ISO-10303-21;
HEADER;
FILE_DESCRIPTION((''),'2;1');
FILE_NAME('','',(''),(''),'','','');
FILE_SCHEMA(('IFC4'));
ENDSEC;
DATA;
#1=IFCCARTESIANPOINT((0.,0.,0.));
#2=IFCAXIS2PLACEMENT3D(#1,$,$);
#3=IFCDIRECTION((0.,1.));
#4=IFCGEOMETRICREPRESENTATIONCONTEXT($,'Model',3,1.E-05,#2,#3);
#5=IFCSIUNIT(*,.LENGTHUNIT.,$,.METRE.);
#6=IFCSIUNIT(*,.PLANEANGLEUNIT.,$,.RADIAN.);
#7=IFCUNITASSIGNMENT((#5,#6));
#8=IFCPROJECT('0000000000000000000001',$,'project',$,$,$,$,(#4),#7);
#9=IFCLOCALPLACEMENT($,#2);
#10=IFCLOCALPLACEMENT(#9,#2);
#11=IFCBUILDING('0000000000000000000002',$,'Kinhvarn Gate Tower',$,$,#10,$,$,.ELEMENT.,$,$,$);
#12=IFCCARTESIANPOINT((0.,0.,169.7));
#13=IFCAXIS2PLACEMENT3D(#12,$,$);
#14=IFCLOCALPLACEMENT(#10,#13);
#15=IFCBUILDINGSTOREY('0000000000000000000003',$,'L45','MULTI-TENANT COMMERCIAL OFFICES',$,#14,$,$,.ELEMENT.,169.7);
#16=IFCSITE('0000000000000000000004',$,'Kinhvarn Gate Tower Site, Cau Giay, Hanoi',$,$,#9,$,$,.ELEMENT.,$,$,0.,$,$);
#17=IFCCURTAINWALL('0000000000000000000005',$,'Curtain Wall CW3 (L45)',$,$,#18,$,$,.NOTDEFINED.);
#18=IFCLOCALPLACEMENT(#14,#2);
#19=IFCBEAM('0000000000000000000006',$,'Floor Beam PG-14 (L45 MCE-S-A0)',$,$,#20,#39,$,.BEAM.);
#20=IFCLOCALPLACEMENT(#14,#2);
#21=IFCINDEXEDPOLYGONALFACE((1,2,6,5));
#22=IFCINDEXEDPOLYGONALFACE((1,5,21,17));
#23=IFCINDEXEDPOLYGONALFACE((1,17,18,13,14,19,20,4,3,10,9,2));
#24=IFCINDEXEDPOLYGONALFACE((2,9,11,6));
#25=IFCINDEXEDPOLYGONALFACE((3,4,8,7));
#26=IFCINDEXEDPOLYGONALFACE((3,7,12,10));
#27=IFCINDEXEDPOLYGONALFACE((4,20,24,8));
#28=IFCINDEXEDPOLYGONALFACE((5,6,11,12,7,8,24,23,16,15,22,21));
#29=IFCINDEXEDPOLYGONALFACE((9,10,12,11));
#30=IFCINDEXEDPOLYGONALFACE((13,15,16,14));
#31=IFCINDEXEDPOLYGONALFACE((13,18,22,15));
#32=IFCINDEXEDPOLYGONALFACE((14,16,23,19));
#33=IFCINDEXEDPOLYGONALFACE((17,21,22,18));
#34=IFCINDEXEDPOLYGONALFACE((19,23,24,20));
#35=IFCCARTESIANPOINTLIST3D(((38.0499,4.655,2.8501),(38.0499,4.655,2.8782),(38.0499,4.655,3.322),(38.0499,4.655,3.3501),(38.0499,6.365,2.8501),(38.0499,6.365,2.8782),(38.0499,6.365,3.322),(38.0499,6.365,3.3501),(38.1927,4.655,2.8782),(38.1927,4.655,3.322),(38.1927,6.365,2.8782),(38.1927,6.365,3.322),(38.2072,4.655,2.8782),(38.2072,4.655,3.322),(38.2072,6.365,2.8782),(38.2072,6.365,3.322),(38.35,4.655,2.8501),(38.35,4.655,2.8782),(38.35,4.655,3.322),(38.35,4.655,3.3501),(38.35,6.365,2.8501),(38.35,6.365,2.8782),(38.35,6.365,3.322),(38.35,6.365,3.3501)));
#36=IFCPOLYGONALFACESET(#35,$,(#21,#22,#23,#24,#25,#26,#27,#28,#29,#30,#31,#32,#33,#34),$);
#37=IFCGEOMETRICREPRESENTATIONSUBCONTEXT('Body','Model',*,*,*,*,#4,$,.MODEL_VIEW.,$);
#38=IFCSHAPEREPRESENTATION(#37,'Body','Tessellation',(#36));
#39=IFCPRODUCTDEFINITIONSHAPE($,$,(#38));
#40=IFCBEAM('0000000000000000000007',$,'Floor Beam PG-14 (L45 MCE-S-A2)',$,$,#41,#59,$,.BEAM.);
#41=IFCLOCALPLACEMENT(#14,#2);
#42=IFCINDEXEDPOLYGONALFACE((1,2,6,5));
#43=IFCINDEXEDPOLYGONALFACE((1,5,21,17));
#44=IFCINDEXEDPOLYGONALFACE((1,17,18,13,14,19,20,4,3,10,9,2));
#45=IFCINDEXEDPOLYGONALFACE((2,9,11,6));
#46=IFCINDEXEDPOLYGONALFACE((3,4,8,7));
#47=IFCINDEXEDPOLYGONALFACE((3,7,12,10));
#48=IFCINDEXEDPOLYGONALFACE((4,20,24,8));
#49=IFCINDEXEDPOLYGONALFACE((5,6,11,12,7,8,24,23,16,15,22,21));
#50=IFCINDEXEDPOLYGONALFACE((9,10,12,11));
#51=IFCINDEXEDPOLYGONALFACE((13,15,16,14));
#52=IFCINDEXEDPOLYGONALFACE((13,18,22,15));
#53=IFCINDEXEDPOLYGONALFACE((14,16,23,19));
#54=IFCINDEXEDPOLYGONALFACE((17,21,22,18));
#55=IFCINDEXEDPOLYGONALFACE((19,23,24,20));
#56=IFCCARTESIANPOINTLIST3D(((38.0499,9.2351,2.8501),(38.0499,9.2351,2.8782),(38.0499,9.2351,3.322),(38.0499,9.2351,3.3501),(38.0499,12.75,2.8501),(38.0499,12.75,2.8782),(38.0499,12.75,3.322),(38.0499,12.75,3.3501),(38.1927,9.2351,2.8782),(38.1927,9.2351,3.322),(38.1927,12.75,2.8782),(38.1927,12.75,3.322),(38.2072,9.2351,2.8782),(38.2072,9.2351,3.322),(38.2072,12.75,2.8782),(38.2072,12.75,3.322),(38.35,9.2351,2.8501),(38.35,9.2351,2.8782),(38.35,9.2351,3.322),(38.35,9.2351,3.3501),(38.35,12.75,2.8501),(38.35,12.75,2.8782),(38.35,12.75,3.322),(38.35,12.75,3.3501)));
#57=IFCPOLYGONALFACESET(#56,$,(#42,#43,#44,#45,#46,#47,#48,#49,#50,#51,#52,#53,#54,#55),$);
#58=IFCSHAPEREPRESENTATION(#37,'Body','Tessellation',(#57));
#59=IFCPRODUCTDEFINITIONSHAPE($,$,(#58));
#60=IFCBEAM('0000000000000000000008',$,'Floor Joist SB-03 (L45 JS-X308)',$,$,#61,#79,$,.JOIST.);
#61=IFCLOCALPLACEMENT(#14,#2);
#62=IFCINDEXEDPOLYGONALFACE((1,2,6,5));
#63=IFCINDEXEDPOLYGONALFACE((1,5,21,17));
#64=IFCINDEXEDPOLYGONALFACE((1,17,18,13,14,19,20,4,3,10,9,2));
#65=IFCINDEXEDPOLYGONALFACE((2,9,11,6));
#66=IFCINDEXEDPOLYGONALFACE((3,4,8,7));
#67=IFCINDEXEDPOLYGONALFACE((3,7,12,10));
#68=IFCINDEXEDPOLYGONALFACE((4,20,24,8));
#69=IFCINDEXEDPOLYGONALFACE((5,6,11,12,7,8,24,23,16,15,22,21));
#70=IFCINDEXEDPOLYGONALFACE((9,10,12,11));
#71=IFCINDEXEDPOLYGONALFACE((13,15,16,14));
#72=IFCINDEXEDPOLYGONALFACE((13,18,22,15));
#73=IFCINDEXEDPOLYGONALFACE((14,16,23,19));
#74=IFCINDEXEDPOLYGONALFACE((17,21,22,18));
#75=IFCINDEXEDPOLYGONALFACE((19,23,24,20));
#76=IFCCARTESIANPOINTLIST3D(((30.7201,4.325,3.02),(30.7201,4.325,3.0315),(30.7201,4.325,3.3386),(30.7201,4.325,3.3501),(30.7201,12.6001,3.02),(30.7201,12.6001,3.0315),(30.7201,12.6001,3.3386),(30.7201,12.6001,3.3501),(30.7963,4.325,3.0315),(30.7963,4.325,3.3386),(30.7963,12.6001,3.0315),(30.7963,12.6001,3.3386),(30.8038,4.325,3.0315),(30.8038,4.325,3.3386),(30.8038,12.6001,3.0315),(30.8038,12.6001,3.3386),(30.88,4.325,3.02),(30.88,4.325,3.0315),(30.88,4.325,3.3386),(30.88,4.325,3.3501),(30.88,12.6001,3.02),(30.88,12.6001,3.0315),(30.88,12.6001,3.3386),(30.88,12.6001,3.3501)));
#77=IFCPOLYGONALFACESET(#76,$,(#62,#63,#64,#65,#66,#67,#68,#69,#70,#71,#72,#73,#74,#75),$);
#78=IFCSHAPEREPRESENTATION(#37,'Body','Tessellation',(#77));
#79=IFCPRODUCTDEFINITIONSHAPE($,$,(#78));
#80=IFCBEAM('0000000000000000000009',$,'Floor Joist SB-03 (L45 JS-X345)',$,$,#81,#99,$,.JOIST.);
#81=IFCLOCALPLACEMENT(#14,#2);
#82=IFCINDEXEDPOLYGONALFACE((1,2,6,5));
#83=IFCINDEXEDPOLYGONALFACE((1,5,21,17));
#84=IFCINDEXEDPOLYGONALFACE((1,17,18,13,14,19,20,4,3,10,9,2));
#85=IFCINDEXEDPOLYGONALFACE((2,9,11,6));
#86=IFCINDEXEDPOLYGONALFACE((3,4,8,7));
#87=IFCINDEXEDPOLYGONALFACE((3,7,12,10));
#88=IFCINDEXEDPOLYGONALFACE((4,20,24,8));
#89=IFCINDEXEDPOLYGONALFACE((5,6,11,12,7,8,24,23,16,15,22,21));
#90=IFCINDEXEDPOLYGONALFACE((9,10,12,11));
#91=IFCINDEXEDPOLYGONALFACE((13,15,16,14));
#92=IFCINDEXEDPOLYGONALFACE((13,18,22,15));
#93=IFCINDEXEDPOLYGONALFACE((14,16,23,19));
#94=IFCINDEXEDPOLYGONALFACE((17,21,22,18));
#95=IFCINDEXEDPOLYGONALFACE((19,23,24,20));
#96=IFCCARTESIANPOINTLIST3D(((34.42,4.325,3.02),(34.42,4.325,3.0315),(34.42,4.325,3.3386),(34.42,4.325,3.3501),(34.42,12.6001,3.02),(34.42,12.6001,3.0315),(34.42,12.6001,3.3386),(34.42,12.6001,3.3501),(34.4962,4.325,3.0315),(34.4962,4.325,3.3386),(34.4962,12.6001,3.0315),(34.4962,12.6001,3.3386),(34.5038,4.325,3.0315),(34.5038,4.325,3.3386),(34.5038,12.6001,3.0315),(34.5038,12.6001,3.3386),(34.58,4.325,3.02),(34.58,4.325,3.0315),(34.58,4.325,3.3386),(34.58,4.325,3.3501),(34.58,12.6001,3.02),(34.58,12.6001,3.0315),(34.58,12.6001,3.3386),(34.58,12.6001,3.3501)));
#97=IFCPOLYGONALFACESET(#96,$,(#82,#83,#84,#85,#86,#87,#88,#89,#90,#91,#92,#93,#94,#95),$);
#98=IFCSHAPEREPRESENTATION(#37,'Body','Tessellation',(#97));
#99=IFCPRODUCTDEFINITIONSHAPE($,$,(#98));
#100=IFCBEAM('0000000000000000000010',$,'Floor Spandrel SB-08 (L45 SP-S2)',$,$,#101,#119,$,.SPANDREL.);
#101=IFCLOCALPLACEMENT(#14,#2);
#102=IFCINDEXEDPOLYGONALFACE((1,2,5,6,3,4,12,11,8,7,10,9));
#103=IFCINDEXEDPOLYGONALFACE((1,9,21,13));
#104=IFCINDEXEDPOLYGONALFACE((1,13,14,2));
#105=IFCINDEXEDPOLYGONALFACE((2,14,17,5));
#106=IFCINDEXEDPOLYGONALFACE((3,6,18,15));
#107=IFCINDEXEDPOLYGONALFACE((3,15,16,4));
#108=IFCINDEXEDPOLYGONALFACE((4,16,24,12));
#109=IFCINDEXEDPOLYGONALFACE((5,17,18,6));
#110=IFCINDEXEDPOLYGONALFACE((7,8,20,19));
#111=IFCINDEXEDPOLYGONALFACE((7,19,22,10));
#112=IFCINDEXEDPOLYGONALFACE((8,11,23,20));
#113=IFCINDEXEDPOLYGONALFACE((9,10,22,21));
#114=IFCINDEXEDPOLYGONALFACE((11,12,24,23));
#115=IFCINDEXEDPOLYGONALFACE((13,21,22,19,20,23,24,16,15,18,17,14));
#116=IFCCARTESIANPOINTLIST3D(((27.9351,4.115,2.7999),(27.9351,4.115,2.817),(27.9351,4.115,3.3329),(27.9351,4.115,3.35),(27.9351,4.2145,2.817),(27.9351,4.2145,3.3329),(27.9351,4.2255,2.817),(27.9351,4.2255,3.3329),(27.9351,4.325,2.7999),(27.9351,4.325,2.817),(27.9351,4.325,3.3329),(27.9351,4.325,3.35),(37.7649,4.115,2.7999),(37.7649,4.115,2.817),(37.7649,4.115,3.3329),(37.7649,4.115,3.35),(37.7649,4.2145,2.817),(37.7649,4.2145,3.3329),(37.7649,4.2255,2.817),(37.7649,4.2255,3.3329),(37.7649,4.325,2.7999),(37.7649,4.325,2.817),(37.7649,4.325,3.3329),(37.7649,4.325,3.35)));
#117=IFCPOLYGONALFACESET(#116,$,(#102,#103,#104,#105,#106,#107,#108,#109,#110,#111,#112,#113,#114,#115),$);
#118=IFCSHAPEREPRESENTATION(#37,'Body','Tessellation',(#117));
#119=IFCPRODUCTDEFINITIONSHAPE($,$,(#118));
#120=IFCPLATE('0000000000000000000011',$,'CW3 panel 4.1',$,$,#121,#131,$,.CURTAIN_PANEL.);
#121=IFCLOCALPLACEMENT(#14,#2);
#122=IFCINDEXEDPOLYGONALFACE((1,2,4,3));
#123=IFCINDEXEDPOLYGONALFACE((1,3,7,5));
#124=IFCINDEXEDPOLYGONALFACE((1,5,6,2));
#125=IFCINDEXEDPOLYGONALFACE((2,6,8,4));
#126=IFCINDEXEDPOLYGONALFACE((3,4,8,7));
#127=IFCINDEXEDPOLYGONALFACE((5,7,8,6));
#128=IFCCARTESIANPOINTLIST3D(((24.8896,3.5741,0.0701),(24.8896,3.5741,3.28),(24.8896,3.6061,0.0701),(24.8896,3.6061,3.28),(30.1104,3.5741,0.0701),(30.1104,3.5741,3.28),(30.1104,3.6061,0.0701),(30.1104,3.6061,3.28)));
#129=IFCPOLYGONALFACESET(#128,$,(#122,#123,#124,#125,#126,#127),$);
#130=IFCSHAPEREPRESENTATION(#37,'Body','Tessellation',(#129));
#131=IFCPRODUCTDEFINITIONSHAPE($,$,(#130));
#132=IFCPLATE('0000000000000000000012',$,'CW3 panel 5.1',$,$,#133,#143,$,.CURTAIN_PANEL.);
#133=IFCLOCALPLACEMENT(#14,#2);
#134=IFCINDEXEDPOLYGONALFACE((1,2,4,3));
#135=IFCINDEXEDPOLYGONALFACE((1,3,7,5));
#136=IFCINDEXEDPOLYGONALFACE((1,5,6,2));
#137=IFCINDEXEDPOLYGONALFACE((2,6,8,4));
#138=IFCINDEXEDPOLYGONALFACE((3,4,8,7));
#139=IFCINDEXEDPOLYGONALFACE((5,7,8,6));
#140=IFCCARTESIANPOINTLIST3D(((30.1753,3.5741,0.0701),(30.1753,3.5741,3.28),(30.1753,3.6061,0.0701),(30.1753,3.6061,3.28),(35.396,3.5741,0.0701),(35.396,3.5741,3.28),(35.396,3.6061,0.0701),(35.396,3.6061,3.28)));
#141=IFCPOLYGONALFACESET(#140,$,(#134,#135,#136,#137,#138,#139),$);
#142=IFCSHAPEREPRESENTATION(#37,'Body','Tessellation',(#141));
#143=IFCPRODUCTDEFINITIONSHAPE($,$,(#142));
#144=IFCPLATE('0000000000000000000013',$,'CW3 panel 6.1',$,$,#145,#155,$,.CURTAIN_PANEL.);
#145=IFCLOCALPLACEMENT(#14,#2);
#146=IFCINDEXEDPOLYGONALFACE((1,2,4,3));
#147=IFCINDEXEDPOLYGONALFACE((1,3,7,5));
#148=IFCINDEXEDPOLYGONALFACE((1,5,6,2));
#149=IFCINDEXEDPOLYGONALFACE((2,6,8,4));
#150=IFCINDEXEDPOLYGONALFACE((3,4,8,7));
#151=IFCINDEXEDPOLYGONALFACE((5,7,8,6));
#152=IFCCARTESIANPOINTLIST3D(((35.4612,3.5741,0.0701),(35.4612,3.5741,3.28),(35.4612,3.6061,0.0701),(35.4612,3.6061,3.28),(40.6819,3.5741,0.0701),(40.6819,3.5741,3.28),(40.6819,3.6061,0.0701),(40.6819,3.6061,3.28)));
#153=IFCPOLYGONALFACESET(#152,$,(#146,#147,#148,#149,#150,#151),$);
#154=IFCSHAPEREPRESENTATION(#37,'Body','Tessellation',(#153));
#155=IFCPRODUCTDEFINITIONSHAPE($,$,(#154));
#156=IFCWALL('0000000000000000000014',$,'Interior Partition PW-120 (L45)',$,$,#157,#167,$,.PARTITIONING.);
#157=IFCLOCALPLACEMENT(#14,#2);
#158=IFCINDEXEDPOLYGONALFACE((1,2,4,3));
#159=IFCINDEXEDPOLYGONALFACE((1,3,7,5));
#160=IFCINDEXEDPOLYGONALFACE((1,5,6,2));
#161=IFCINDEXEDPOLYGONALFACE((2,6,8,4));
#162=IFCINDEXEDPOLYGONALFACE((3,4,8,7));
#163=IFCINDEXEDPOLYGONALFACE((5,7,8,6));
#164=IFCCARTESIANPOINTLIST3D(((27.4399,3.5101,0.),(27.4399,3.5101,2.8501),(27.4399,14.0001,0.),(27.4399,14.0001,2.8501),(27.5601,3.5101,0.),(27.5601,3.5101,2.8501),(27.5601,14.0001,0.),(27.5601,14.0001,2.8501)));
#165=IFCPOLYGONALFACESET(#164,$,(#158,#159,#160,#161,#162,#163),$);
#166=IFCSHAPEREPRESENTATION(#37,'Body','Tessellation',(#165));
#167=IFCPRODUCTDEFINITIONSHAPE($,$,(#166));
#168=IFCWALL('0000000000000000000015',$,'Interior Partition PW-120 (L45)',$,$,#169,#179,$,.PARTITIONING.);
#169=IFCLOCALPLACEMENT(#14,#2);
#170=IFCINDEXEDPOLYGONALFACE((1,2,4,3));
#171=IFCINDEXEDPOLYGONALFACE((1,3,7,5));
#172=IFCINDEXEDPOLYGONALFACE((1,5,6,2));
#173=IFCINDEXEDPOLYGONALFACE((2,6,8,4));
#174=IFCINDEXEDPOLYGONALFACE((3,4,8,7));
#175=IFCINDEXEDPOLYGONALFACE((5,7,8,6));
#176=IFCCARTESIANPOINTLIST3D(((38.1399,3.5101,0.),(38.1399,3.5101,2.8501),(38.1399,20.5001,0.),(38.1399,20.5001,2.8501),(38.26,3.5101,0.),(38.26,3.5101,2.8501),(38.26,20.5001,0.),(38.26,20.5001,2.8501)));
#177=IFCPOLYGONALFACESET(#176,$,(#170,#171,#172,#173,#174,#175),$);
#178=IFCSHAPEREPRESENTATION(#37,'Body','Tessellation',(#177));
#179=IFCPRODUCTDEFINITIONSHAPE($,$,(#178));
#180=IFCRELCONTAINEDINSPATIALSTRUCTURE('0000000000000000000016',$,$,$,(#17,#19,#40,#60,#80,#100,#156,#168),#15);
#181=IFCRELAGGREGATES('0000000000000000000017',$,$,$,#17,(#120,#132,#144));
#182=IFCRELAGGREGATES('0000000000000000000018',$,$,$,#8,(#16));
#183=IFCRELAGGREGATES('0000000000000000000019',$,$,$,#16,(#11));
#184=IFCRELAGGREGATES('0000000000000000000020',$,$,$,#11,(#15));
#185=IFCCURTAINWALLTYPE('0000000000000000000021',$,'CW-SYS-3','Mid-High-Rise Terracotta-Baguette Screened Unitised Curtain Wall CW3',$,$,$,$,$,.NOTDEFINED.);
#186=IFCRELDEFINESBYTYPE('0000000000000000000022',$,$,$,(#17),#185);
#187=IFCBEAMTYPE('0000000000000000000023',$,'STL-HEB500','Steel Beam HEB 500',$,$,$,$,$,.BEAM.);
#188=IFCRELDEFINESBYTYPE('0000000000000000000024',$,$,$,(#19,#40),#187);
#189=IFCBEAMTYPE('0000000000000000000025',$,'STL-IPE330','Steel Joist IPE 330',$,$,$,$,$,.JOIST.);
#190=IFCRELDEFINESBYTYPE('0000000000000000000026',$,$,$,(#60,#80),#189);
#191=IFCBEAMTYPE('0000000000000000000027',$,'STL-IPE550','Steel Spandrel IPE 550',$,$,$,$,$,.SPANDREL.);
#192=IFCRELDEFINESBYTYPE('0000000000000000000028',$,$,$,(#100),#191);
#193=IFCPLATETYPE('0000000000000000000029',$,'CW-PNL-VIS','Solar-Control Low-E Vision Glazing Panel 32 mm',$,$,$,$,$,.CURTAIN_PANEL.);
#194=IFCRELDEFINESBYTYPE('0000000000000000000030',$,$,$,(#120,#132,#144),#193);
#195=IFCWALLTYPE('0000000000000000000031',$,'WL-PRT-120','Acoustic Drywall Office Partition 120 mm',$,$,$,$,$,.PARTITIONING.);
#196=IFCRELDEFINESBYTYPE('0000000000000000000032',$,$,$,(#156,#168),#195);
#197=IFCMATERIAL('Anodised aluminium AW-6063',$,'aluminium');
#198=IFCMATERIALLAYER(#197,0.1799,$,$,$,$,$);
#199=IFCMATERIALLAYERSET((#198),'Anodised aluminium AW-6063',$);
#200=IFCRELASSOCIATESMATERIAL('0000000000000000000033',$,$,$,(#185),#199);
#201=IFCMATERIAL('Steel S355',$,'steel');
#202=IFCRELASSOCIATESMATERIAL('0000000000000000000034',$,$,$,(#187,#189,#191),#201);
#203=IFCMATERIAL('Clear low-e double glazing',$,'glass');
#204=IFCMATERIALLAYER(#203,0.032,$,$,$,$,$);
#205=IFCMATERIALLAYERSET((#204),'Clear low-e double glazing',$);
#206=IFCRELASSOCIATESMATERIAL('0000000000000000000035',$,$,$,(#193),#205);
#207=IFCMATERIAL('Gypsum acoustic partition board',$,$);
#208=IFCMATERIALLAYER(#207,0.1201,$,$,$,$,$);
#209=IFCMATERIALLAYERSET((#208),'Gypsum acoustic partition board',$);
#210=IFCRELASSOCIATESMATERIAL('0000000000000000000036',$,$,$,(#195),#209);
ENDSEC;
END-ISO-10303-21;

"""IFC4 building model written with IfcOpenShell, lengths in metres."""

from ifc_helpers import new_model, si_unit, direction, frame, frame_2d, origin, origin_2d, place, context, subcontext, project, spatial, rectangle, i_section, extrude, material, layer, layer_set, material_profile, profile_set, type_object, element, aggregate, save


model = new_model("IFC4")

# Units and contexts
model_context = context("Model", 3, precision=1e-05, world=origin(), true_north=direction((0.0, 1.0)))
body_context = subcontext(model_context, "Body", "Model", "MODEL_VIEW")
ifc_project = project(units=[si_unit("LENGTHUNIT", "METRE"), si_unit("PLANEANGLEUNIT", "RADIAN")], contexts=[model_context])

# Site, building, storey
site_placement = place(None, origin())
site = spatial("IfcSite", under=ifc_project, at=site_placement, Name="Kinhvarn Gate Tower Site, Cau Giay, Hanoi", CompositionType="ELEMENT", RefElevation=0.0)
building_placement = place(site_placement, origin())
building = spatial("IfcBuilding", under=site, at=building_placement, Name="Kinhvarn Gate Tower", CompositionType="ELEMENT")
storey_placement = place(building_placement, frame((0.0, 0.0, 169.7)))
storey = spatial("IfcBuildingStorey", under=building, at=storey_placement, Name="L45", Description="MULTI-TENANT COMMERCIAL OFFICES", CompositionType="ELEMENT", Elevation=169.7)

# Curtain wall
ifc_material_1 = material(Name="Anodised aluminium AW-6063", Category="aluminium")
ifc_layer_1 = layer(ifc_material_1, 0.1799)
ifc_layer_set_1 = layer_set([ifc_layer_1], Name="Anodised aluminium AW-6063")
curtain_wall_type = type_object("IfcCurtainWallType", Name="CW-SYS-3", Description="Mid-High-Rise Terracotta-Baguette Screened Unitised Curtain Wall CW3", PredefinedType="NOTDEFINED", material=ifc_layer_set_1)
curtain_wall_placement = place(storey_placement, origin())
curtain_wall = element("IfcCurtainWall", 1, at=curtain_wall_placement, inside=storey, type_object=curtain_wall_type, Name="Curtain Wall CW3 (L45)", PredefinedType="NOTDEFINED")

# Beams
ifc_material_2 = material(Name="Steel S355", Category="steel")
ifc_material_profile_1 = material_profile(ifc_material_2, i_section(OverallWidth=0.3, OverallDepth=0.5, WebThickness=0.0144, FlangeThickness=0.0281, at=origin_2d()), Name="HEB 500")
ifc_profile_set_1 = profile_set([ifc_material_profile_1], Name="Steel S355")
beam_type_1 = type_object("IfcBeamType", Name="STL-HEB500", Description="Steel Beam HEB 500", PredefinedType="BEAM", material=ifc_profile_set_1)
beam_1_placement = place(storey_placement, frame((38.2, 4.655, 3.1001), z_axis=(0.0, 1.0, 0.0), x_axis=(-1.0, 0.0, 0.0)))
element("IfcBeam", 2, at=beam_1_placement, inside=storey, type_object=beam_type_1, Name="Floor Beam PG-14 (L45 MCE-S-A0)", PredefinedType="BEAM", context=body_context, shape_type="SweptSolid", body=[
    extrude(i_section(OverallWidth=0.3, OverallDepth=0.5, WebThickness=0.0144, FlangeThickness=0.0281, at=origin_2d()), origin(), (0.0, 0.0, 1.0), 1.71),
])
beam_2_placement = place(storey_placement, frame((38.2, 9.2351, 3.1001), z_axis=(0.0, 1.0, 0.0), x_axis=(-1.0, 0.0, 0.0)))
element("IfcBeam", 3, at=beam_2_placement, inside=storey, type_object=beam_type_1, Name="Floor Beam PG-14 (L45 MCE-S-A2)", PredefinedType="BEAM", context=body_context, shape_type="SweptSolid", body=[
    extrude(i_section(OverallWidth=0.3, OverallDepth=0.5, WebThickness=0.0144, FlangeThickness=0.0281, at=origin_2d()), origin(), (0.0, 0.0, 1.0), 3.5149),
])
ifc_material_profile_2 = material_profile(ifc_material_2, i_section(OverallWidth=0.1599, OverallDepth=0.3301, WebThickness=0.0076, FlangeThickness=0.0115, at=origin_2d()), Name="IPE 330")
ifc_profile_set_2 = profile_set([ifc_material_profile_2], Name="Steel S355")
beam_type_2 = type_object("IfcBeamType", Name="STL-IPE330", Description="Steel Joist IPE 330", PredefinedType="JOIST", material=ifc_profile_set_2)
for number, where, z_axis, x_axis, name in (
    (4, (30.8, 4.325, 3.1851), (0.0, 1.0, 0.0), (-1.0, 0.0, 0.0), "Floor Joist SB-03 (L45 JS-X308)"),
    (5, (34.5, 4.325, 3.1851), (0.0, 1.0, 0.0), (-1.0, 0.0, 0.0), "Floor Joist SB-03 (L45 JS-X345)"),
):
    element("IfcBeam", number, at=place(storey_placement, frame(where, z_axis=z_axis, x_axis=x_axis)), inside=storey, type_object=beam_type_2, Name=name, PredefinedType="JOIST", context=body_context, shape_type="SweptSolid", body=[
        extrude(i_section(OverallWidth=0.1599, OverallDepth=0.3301, WebThickness=0.0076, FlangeThickness=0.0115, at=origin_2d()), origin(), (0.0, 0.0, 1.0), 8.2751),
    ])
ifc_material_profile_3 = material_profile(ifc_material_2, i_section(OverallWidth=0.21, OverallDepth=0.55, WebThickness=0.011, FlangeThickness=0.0171, at=origin_2d()), Name="IPE 550")
ifc_profile_set_3 = profile_set([ifc_material_profile_3], Name="Steel S355")
beam_type_3 = type_object("IfcBeamType", Name="STL-IPE550", Description="Steel Spandrel IPE 550", PredefinedType="SPANDREL", material=ifc_profile_set_3)
beam_3_placement = place(storey_placement, frame((27.9351, 4.22, 3.075), z_axis=(1.0, 0.0, 0.0), x_axis=(0.0, 1.0, 0.0)))
element("IfcBeam", 6, at=beam_3_placement, inside=storey, type_object=beam_type_3, Name="Floor Spandrel SB-08 (L45 SP-S2)", PredefinedType="SPANDREL", context=body_context, shape_type="SweptSolid", body=[
    extrude(i_section(OverallWidth=0.21, OverallDepth=0.55, WebThickness=0.011, FlangeThickness=0.0171, at=origin_2d()), origin(), (0.0, 0.0, 1.0), 9.8298),
])

# Plates
ifc_material_3 = material(Name="Clear low-e double glazing", Category="glass")
ifc_layer_2 = layer(ifc_material_3, 0.032)
ifc_layer_set_2 = layer_set([ifc_layer_2], Name="Clear low-e double glazing")
plate_type = type_object("IfcPlateType", Name="CW-PNL-VIS", Description="Solar-Control Low-E Vision Glazing Panel 32 mm", PredefinedType="CURTAIN_PANEL", material=ifc_layer_set_2)
plate_1_placement = place(storey_placement, frame((27.5, 3.5901, 0.0701), z_axis=(0.0, 0.0, 1.0), x_axis=(1.0, 0.0, 0.0)))
plate_1 = element("IfcPlate", 7, at=plate_1_placement, type_object=plate_type, Name="CW3 panel 4.1", PredefinedType="CURTAIN_PANEL", context=body_context, shape_type="SweptSolid", body=[
    extrude(rectangle(XDim=5.2207, YDim=0.032, at=origin_2d()), origin(), (0.0, 0.0, 1.0), 3.21),
])
plate_2_placement = place(storey_placement, frame((32.7856, 3.5901, 0.0701), z_axis=(0.0, 0.0, 1.0), x_axis=(1.0, 0.0, 0.0)))
plate_2 = element("IfcPlate", 8, at=plate_2_placement, type_object=plate_type, Name="CW3 panel 5.1", PredefinedType="CURTAIN_PANEL", context=body_context, shape_type="SweptSolid", body=[
    extrude(rectangle(XDim=5.2207, YDim=0.032, at=origin_2d()), origin(), (0.0, 0.0, 1.0), 3.21),
])
plate_3_placement = place(storey_placement, frame((38.0715, 3.5901, 0.0701), z_axis=(0.0, 0.0, 1.0), x_axis=(1.0, 0.0, 0.0)))
plate_3 = element("IfcPlate", 9, at=plate_3_placement, type_object=plate_type, Name="CW3 panel 6.1", PredefinedType="CURTAIN_PANEL", context=body_context, shape_type="SweptSolid", body=[
    extrude(rectangle(XDim=5.2207, YDim=0.032, at=origin_2d()), origin(), (0.0, 0.0, 1.0), 3.21),
])
aggregate(curtain_wall, [plate_1, plate_2, plate_3])

# Walls
ifc_material_4 = material(Name="Gypsum acoustic partition board")
ifc_layer_3 = layer(ifc_material_4, 0.1201)
ifc_layer_set_3 = layer_set([ifc_layer_3], Name="Gypsum acoustic partition board")
wall_type = type_object("IfcWallType", Name="WL-PRT-120", Description="Acoustic Drywall Office Partition 120 mm", PredefinedType="PARTITIONING", material=ifc_layer_set_3)
wall_1_placement = place(storey_placement, frame((27.5, 3.51, 0.0), z_axis=(0.0, 0.0, 1.0), x_axis=(0.0, 1.0, 0.0)))
element("IfcWall", 10, at=wall_1_placement, inside=storey, type_object=wall_type, Name="Interior Partition PW-120 (L45)", PredefinedType="PARTITIONING", context=body_context, shape_type="SweptSolid", body=[
    extrude(rectangle(XDim=10.49, YDim=0.1201, at=frame_2d((5.2451, 0.0))), origin(), (0.0, 0.0, 1.0), 2.8501),
])
wall_2_placement = place(storey_placement, frame((38.2, 3.51, 0.0), z_axis=(0.0, 0.0, 1.0), x_axis=(0.0, 1.0, 0.0)))
element("IfcWall", 11, at=wall_2_placement, inside=storey, type_object=wall_type, Name="Interior Partition PW-120 (L45)", PredefinedType="PARTITIONING", context=body_context, shape_type="SweptSolid", body=[
    extrude(rectangle(XDim=16.99, YDim=0.1201, at=frame_2d((8.4951, 0.0))), origin(), (0.0, 0.0, 1.0), 2.8501),
])

save(model, "model.ifc")
